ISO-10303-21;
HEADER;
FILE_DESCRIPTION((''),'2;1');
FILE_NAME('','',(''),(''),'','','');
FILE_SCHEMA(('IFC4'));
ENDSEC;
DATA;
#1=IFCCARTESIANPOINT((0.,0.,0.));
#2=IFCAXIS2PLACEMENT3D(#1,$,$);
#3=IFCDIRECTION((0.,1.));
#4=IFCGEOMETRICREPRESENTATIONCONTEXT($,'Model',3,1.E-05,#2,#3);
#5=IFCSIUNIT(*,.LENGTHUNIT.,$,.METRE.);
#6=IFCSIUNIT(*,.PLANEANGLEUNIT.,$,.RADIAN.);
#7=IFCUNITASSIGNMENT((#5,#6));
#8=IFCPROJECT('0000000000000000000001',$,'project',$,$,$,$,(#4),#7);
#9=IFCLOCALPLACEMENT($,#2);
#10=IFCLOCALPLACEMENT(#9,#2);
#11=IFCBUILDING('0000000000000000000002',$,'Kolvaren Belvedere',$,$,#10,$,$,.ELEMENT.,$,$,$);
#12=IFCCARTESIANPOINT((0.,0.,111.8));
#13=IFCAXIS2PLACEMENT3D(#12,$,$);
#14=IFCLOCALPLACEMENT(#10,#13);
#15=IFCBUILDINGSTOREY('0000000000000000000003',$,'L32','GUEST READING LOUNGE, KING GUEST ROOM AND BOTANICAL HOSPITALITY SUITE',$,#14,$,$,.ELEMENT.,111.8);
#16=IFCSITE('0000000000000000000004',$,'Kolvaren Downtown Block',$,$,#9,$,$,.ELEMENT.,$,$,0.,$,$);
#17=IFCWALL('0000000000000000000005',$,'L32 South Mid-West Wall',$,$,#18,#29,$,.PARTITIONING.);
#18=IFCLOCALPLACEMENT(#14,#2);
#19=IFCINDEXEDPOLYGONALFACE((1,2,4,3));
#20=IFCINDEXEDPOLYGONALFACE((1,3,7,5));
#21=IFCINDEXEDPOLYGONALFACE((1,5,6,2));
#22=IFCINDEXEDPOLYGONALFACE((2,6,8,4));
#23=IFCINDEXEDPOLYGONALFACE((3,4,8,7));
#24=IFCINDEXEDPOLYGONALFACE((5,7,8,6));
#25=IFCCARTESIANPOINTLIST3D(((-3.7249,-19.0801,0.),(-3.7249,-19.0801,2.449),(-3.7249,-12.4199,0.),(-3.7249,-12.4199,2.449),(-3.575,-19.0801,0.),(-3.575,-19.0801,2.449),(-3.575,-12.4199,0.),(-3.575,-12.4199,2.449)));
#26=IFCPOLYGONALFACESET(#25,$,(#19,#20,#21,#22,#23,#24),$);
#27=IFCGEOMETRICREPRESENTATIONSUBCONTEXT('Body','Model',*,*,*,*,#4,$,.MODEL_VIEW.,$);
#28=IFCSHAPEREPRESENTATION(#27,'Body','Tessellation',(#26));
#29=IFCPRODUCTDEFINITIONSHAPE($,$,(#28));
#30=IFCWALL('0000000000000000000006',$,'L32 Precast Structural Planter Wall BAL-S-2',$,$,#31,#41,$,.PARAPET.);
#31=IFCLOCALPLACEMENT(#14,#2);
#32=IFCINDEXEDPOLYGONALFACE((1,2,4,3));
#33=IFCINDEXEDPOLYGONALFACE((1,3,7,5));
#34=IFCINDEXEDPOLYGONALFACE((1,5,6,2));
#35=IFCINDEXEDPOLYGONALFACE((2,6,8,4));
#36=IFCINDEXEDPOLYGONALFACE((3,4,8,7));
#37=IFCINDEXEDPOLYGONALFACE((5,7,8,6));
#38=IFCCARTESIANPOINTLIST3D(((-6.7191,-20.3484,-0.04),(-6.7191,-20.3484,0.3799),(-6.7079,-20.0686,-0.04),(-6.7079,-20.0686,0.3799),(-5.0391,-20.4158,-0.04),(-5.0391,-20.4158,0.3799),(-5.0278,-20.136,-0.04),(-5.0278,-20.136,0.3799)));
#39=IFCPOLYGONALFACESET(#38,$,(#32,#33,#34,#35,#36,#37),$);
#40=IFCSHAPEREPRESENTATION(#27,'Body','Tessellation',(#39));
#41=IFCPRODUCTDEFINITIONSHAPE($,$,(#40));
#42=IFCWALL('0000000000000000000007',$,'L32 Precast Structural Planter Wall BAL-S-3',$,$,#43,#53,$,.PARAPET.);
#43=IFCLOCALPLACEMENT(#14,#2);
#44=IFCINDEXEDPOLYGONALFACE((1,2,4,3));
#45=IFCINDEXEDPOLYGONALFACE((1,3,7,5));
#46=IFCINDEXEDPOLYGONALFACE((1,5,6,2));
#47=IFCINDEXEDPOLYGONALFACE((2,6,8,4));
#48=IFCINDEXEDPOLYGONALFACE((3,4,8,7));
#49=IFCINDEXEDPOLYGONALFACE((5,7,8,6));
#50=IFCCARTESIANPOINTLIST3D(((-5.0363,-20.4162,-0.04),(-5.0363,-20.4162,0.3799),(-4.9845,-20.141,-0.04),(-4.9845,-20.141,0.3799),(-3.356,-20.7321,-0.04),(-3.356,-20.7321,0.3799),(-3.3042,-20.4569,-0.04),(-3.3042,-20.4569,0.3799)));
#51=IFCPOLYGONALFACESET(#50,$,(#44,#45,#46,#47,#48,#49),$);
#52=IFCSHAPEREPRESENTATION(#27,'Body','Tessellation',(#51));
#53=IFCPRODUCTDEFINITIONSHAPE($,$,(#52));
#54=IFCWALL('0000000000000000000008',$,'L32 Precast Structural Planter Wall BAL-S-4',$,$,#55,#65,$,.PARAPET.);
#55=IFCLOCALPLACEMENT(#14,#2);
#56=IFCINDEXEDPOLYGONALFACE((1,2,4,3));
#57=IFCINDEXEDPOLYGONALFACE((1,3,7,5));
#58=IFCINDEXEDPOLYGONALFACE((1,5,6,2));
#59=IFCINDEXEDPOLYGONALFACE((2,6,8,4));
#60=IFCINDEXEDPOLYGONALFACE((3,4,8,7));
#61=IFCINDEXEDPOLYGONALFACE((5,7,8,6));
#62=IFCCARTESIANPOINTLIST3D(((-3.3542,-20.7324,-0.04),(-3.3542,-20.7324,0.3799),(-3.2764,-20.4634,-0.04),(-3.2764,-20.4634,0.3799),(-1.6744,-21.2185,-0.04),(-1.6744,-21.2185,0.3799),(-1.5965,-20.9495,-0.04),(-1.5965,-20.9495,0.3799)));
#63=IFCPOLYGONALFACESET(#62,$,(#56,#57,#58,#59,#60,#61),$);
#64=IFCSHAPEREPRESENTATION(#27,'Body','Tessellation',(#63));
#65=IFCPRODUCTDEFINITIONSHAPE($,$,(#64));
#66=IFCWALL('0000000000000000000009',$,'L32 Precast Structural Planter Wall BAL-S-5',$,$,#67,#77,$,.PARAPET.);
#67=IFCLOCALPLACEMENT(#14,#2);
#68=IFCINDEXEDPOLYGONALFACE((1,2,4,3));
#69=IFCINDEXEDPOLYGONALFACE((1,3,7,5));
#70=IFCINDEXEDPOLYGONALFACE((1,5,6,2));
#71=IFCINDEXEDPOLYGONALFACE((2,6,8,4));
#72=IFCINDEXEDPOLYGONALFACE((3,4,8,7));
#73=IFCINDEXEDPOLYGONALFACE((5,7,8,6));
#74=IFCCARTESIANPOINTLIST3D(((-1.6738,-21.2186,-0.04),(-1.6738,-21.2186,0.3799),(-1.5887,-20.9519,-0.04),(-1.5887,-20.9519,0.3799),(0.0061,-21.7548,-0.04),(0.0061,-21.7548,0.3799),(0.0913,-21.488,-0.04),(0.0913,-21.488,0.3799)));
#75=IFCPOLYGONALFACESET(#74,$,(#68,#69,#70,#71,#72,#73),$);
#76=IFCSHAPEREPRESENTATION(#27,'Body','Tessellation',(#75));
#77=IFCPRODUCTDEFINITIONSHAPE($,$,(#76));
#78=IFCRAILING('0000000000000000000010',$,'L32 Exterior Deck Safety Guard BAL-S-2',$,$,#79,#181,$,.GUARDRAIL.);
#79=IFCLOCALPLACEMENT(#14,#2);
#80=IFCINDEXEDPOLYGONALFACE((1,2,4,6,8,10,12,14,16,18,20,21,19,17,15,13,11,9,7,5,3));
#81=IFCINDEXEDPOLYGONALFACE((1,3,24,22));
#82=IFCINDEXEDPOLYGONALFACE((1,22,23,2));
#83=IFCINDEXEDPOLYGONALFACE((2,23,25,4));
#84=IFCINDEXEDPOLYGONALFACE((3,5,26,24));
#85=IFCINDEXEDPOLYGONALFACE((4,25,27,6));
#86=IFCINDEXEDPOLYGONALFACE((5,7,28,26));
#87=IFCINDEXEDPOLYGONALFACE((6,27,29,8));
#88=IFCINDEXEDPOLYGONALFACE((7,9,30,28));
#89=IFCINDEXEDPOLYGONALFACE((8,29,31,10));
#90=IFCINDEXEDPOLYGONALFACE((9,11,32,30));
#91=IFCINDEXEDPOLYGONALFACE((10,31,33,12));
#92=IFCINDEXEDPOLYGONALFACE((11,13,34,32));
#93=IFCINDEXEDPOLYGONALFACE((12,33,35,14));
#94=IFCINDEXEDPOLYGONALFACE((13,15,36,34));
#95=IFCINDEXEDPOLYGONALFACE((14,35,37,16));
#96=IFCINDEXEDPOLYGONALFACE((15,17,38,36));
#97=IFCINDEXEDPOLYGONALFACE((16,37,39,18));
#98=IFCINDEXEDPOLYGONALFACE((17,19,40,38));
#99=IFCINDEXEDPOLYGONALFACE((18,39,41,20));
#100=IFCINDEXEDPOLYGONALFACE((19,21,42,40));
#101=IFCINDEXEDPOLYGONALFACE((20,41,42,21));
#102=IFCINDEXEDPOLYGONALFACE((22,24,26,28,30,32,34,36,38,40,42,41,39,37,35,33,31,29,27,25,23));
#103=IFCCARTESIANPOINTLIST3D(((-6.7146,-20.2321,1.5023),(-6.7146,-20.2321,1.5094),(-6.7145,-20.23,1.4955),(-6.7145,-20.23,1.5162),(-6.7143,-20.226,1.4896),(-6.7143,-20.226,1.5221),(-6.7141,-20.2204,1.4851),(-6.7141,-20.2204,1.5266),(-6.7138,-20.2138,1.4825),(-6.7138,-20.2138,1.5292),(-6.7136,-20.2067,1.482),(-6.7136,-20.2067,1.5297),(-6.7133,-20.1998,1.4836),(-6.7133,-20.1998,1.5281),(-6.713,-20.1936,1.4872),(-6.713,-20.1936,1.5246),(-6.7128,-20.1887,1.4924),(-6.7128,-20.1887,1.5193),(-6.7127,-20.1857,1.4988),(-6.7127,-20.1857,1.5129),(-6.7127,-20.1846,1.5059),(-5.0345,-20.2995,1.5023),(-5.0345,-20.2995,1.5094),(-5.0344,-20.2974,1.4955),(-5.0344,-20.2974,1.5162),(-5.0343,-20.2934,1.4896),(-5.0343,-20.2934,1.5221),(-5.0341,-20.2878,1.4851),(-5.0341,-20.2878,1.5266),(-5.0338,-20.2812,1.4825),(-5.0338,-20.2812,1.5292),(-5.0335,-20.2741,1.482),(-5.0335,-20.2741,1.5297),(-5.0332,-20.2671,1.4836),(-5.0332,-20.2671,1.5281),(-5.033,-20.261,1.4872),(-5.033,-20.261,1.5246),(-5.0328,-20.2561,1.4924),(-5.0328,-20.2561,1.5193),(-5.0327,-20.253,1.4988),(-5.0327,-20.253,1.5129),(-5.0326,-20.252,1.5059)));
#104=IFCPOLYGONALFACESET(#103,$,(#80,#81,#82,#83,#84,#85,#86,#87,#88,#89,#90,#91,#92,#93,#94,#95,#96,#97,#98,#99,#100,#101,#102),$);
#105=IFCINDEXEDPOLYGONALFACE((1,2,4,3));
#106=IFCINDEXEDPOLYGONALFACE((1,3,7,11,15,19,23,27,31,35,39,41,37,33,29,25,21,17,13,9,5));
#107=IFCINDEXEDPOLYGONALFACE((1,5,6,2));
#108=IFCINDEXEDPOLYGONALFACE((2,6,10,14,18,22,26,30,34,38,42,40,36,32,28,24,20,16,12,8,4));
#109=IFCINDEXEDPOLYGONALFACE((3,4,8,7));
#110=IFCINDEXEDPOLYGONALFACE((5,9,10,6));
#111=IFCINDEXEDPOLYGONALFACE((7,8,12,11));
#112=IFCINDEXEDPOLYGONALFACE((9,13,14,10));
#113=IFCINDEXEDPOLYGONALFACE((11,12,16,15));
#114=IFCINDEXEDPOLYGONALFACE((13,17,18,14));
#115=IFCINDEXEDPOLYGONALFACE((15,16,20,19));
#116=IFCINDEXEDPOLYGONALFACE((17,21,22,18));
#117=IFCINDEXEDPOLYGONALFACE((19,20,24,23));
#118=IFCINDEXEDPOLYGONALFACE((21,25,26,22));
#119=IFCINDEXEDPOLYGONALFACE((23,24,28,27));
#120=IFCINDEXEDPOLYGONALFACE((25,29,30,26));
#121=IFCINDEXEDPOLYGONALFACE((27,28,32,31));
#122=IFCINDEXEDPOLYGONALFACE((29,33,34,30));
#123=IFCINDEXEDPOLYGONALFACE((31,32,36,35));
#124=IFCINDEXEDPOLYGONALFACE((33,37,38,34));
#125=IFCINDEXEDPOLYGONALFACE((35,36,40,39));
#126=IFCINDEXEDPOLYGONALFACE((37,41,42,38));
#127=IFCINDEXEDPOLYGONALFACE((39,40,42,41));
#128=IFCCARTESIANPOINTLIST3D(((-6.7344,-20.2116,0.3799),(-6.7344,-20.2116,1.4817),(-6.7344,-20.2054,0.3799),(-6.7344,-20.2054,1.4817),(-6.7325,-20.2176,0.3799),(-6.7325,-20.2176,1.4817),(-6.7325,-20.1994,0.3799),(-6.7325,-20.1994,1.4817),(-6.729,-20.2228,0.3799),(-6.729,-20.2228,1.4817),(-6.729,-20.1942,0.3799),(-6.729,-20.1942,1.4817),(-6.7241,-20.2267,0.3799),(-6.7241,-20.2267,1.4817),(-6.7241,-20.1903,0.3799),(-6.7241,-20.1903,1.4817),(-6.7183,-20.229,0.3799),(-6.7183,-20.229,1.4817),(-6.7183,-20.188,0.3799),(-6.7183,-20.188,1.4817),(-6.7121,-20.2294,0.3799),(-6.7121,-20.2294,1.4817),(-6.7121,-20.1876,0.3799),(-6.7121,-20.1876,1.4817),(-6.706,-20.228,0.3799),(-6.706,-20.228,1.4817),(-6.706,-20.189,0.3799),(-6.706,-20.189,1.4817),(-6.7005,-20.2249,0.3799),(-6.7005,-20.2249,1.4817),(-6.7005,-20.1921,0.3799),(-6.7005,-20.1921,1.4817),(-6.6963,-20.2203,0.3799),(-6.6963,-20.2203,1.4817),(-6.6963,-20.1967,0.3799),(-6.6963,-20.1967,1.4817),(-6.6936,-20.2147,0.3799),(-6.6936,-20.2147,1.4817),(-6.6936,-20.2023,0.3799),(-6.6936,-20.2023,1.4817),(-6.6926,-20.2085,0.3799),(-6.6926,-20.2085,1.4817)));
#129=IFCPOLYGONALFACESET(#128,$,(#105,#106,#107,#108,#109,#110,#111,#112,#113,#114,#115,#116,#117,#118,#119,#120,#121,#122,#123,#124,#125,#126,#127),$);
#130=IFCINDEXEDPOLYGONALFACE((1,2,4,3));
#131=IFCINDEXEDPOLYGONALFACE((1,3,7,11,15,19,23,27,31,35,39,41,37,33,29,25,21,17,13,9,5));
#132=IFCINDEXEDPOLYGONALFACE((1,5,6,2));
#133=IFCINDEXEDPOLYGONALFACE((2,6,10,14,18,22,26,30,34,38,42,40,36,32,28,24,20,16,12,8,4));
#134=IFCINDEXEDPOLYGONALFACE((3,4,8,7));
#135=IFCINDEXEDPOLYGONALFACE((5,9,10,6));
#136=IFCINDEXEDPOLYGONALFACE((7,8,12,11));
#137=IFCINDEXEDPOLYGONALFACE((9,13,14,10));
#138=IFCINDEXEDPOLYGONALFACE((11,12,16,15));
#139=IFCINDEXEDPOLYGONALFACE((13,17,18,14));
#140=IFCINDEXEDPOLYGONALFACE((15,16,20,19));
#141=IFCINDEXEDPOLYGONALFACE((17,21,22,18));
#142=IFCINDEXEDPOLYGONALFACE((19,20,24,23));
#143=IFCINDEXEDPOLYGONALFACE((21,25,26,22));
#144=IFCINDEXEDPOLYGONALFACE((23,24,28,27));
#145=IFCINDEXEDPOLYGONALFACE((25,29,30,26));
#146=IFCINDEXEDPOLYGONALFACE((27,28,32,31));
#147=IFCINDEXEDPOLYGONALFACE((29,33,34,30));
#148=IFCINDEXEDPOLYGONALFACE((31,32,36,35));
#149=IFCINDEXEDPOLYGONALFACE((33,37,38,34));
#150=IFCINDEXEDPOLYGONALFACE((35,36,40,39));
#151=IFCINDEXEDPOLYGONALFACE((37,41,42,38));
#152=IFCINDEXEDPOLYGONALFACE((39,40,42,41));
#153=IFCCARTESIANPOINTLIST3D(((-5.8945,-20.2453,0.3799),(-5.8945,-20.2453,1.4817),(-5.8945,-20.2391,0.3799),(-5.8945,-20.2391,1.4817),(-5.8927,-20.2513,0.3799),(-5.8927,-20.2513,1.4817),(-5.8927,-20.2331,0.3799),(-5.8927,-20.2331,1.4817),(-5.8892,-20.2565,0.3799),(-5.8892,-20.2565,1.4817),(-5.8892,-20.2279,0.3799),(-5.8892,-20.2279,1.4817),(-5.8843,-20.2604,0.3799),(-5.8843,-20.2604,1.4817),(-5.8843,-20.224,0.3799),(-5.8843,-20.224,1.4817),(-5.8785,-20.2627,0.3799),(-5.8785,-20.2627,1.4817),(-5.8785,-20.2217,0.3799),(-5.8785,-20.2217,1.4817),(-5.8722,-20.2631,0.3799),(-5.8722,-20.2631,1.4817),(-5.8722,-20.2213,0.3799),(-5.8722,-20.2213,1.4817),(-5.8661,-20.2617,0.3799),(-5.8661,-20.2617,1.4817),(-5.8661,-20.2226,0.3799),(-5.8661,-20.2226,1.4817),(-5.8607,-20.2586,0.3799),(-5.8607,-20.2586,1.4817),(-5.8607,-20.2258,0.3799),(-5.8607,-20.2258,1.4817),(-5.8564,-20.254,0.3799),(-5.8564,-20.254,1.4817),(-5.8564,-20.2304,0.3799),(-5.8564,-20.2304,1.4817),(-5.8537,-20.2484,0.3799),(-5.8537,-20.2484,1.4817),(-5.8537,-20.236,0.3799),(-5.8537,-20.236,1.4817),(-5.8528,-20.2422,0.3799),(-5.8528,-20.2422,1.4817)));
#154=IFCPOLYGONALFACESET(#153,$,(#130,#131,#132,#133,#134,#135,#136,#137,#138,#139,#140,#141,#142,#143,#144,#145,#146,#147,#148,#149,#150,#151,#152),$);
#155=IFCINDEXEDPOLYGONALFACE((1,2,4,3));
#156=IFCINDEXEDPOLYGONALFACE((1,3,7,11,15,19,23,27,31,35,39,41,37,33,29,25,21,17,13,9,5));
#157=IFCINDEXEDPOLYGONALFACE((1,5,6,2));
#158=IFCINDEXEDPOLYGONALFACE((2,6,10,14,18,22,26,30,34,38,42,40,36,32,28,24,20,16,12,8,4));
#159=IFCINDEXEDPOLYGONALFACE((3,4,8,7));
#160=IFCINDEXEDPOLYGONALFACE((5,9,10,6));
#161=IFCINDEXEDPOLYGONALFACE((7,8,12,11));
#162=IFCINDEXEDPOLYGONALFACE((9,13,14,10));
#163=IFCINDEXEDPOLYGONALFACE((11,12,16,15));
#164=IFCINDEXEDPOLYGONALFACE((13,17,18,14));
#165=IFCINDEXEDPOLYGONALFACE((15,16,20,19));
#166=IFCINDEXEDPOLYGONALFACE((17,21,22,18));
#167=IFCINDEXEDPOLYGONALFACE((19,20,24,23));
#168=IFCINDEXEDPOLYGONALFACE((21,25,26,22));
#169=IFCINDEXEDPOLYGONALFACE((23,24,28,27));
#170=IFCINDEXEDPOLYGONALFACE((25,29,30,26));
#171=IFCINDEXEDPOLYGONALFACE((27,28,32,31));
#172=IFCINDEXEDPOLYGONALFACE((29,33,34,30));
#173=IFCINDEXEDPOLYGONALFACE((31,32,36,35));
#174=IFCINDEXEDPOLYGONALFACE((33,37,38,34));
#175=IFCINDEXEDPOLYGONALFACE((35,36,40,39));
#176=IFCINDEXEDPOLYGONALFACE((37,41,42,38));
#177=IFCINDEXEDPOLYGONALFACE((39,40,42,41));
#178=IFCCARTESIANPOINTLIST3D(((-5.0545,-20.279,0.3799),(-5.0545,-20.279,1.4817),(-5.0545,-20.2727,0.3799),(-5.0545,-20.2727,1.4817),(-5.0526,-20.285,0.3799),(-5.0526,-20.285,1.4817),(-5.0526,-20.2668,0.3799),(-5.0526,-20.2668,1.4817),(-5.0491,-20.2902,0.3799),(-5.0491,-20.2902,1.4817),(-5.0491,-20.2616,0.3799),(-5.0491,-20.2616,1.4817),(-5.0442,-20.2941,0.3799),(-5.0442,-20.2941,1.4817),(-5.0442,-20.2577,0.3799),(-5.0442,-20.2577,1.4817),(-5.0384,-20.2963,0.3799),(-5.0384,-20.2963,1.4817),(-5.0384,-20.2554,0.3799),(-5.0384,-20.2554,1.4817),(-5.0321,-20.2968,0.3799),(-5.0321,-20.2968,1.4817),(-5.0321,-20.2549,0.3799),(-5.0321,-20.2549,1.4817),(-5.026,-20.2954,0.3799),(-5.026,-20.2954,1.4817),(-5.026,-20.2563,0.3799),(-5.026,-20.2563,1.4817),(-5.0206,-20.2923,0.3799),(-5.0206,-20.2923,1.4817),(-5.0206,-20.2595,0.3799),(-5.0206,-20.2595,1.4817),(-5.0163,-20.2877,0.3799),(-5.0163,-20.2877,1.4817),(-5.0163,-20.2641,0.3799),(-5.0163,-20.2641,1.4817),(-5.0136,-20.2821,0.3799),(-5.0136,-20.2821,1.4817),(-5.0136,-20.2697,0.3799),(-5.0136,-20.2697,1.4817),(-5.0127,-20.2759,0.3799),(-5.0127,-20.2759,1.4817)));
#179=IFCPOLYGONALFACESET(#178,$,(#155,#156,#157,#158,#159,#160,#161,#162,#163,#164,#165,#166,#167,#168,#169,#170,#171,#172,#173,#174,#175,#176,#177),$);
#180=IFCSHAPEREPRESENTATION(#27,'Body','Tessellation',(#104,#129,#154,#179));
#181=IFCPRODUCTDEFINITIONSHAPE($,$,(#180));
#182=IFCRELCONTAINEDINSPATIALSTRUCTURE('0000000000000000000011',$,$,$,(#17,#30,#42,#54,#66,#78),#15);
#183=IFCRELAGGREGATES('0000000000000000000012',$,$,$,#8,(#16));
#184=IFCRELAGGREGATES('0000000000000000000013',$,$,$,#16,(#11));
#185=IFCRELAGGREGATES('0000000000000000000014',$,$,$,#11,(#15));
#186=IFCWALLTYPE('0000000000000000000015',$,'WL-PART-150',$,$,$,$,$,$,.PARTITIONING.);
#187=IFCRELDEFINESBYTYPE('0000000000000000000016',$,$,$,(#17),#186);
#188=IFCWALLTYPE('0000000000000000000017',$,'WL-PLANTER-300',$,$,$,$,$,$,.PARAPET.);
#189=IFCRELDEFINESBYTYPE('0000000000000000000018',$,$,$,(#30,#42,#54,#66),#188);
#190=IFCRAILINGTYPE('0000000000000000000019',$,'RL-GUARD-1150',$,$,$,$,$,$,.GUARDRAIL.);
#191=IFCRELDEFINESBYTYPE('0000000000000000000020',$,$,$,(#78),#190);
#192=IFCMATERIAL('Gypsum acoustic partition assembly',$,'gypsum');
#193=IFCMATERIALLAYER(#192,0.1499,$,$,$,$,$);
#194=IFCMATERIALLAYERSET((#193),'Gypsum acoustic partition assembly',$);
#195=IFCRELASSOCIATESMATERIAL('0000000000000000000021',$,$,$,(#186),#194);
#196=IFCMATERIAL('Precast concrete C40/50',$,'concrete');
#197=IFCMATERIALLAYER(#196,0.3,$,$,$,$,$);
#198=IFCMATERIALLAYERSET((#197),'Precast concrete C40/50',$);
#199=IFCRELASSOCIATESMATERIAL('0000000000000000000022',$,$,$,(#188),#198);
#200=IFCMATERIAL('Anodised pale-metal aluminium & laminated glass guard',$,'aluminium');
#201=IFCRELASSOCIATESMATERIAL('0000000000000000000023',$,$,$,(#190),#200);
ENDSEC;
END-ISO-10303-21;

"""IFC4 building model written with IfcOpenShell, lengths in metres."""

from ifc_helpers import new_model, si_unit, direction, frame, frame_2d, origin, origin_2d, place, context, subcontext, project, spatial, rectangle, circle, extrude, material, layer, layer_set, type_object, element, save


model = new_model("IFC4")

# Units and contexts
model_context = context("Model", 3, precision=1e-05, world=origin(), true_north=direction((0.0, 1.0)))
body_context = subcontext(model_context, "Body", "Model", "MODEL_VIEW")
ifc_project = project(units=[si_unit("LENGTHUNIT", "METRE"), si_unit("PLANEANGLEUNIT", "RADIAN")], contexts=[model_context])

# Site, building, storey
site_placement = place(None, origin())
site = spatial("IfcSite", under=ifc_project, at=site_placement, Name="Kolvaren Downtown Block", CompositionType="ELEMENT", RefElevation=0.0)
building_placement = place(site_placement, origin())
building = spatial("IfcBuilding", under=site, at=building_placement, Name="Kolvaren Belvedere", CompositionType="ELEMENT")
storey_placement = place(building_placement, frame((0.0, 0.0, 111.8)))
storey = spatial("IfcBuildingStorey", under=building, at=storey_placement, Name="L32", Description="GUEST READING LOUNGE, KING GUEST ROOM AND BOTANICAL HOSPITALITY SUITE", CompositionType="ELEMENT", Elevation=111.8)

# Walls
ifc_material_1 = material(Name="Gypsum acoustic partition assembly", Category="gypsum")
ifc_layer_1 = layer(ifc_material_1, 0.1499)
ifc_layer_set_1 = layer_set([ifc_layer_1], Name="Gypsum acoustic partition assembly")
wall_type_1 = type_object("IfcWallType", Name="WL-PART-150", PredefinedType="PARTITIONING", material=ifc_layer_set_1)
wall_1_placement = place(storey_placement, frame((-3.6499, -19.0801, 0.0), z_axis=(0.0, 0.0, 1.0), x_axis=(0.0, 1.0, 0.0)))
element("IfcWall", 1, at=wall_1_placement, inside=storey, type_object=wall_type_1, Name="L32 South Mid-West Wall", PredefinedType="PARTITIONING", context=body_context, shape_type="SweptSolid", body=[
    extrude(rectangle(XDim=6.6602, YDim=0.1499, at=frame_2d((3.3301, 0.0))), origin(), (0.0, 0.0, 1.0), 2.449),
])
ifc_material_2 = material(Name="Precast concrete C40/50", Category="concrete")
ifc_layer_2 = layer(ifc_material_2, 0.3)
ifc_layer_set_2 = layer_set([ifc_layer_2], Name="Precast concrete C40/50")
wall_type_2 = type_object("IfcWallType", Name="WL-PLANTER-300", PredefinedType="PARAPET", material=ifc_layer_set_2)
wall_2_placement = place(storey_placement, frame((-6.7136, -20.2085, -0.04), z_axis=(0.0, 0.0, 1.0), x_axis=(0.999197, -0.040078, 0.0)))
element("IfcWall", 2, at=wall_2_placement, inside=storey, type_object=wall_type_2, Name="L32 Precast Structural Planter Wall BAL-S-2", PredefinedType="PARAPET", context=body_context, shape_type="SweptSolid", body=[
    extrude(rectangle(XDim=1.6814, YDim=0.28, at=frame_2d((0.8408, 0.0))), origin(), (0.0, 0.0, 1.0), 0.4199),
])
wall_3_placement = place(storey_placement, frame((-5.0105, -20.2786, -0.04), z_axis=(0.0, 0.0, 1.0), x_axis=(0.982778, -0.184789, 0.0)))
element("IfcWall", 3, at=wall_3_placement, inside=storey, type_object=wall_type_2, Name="L32 Precast Structural Planter Wall BAL-S-3", PredefinedType="PARAPET", context=body_context, shape_type="SweptSolid", body=[
    extrude(rectangle(XDim=1.7097, YDim=0.28, at=frame_2d((0.855, 0.0))), origin(), (0.0, 0.0, 1.0), 0.4199),
])
wall_4_placement = place(storey_placement, frame((-3.3154, -20.5979, -0.04), z_axis=(0.0, 0.0, 1.0), x_axis=(0.960597, -0.277946, 0.0)))
element("IfcWall", 4, at=wall_4_placement, inside=storey, type_object=wall_type_2, Name="L32 Precast Structural Planter Wall BAL-S-4", PredefinedType="PARAPET", context=body_context, shape_type="SweptSolid", body=[
    extrude(rectangle(XDim=1.7488, YDim=0.28, at=frame_2d((0.8745, 0.0))), origin(), (0.0, 0.0, 1.0), 0.4199),
])
wall_5_placement = place(storey_placement, frame((-1.6313, -21.0852, -0.04), z_axis=(0.0, 0.0, 1.0), x_axis=(0.952662, -0.304032, 0.0)))
element("IfcWall", 5, at=wall_5_placement, inside=storey, type_object=wall_type_2, Name="L32 Precast Structural Planter Wall BAL-S-5", PredefinedType="PARAPET", context=body_context, shape_type="SweptSolid", body=[
    extrude(rectangle(XDim=1.7634, YDim=0.28, at=frame_2d((0.8818, 0.0))), origin(), (0.0, 0.0, 1.0), 0.4199),
])

# Railing
ifc_material_3 = material(Name="Anodised pale-metal aluminium & laminated glass guard", Category="aluminium")
railing_type = type_object("IfcRailingType", Name="RL-GUARD-1150", PredefinedType="GUARDRAIL", material=ifc_material_3)
railing_1_placement = place(storey_placement, frame((-6.7136, -20.2085, 0.3799)))
element("IfcRailing", 6, at=railing_1_placement, inside=storey, type_object=railing_type, Name="L32 Exterior Deck Safety Guard BAL-S-2", PredefinedType="GUARDRAIL", context=body_context, shape_type="SweptSolid", body=[
    extrude(circle(Radius=0.0239, at=origin_2d()), frame((0.0, 0.0, 1.126), z_axis=(0.999197, -0.040078, 0.0), x_axis=(0.040078, 0.999197, 0.0)), (0.0, 0.0, 1.0), 1.6814),
    extrude(circle(Radius=0.021, at=origin_2d()), origin(), (0.0, 0.0, 1.0), 1.1018),
    extrude(circle(Radius=0.021, at=origin_2d()), frame((0.8398, -0.0337, 0.0)), (0.0, 0.0, 1.0), 1.1018),
    extrude(circle(Radius=0.021, at=origin_2d()), frame((1.6799, -0.0674, 0.0)), (0.0, 0.0, 1.0), 1.1018),
])

save(model, "model.ifc")
